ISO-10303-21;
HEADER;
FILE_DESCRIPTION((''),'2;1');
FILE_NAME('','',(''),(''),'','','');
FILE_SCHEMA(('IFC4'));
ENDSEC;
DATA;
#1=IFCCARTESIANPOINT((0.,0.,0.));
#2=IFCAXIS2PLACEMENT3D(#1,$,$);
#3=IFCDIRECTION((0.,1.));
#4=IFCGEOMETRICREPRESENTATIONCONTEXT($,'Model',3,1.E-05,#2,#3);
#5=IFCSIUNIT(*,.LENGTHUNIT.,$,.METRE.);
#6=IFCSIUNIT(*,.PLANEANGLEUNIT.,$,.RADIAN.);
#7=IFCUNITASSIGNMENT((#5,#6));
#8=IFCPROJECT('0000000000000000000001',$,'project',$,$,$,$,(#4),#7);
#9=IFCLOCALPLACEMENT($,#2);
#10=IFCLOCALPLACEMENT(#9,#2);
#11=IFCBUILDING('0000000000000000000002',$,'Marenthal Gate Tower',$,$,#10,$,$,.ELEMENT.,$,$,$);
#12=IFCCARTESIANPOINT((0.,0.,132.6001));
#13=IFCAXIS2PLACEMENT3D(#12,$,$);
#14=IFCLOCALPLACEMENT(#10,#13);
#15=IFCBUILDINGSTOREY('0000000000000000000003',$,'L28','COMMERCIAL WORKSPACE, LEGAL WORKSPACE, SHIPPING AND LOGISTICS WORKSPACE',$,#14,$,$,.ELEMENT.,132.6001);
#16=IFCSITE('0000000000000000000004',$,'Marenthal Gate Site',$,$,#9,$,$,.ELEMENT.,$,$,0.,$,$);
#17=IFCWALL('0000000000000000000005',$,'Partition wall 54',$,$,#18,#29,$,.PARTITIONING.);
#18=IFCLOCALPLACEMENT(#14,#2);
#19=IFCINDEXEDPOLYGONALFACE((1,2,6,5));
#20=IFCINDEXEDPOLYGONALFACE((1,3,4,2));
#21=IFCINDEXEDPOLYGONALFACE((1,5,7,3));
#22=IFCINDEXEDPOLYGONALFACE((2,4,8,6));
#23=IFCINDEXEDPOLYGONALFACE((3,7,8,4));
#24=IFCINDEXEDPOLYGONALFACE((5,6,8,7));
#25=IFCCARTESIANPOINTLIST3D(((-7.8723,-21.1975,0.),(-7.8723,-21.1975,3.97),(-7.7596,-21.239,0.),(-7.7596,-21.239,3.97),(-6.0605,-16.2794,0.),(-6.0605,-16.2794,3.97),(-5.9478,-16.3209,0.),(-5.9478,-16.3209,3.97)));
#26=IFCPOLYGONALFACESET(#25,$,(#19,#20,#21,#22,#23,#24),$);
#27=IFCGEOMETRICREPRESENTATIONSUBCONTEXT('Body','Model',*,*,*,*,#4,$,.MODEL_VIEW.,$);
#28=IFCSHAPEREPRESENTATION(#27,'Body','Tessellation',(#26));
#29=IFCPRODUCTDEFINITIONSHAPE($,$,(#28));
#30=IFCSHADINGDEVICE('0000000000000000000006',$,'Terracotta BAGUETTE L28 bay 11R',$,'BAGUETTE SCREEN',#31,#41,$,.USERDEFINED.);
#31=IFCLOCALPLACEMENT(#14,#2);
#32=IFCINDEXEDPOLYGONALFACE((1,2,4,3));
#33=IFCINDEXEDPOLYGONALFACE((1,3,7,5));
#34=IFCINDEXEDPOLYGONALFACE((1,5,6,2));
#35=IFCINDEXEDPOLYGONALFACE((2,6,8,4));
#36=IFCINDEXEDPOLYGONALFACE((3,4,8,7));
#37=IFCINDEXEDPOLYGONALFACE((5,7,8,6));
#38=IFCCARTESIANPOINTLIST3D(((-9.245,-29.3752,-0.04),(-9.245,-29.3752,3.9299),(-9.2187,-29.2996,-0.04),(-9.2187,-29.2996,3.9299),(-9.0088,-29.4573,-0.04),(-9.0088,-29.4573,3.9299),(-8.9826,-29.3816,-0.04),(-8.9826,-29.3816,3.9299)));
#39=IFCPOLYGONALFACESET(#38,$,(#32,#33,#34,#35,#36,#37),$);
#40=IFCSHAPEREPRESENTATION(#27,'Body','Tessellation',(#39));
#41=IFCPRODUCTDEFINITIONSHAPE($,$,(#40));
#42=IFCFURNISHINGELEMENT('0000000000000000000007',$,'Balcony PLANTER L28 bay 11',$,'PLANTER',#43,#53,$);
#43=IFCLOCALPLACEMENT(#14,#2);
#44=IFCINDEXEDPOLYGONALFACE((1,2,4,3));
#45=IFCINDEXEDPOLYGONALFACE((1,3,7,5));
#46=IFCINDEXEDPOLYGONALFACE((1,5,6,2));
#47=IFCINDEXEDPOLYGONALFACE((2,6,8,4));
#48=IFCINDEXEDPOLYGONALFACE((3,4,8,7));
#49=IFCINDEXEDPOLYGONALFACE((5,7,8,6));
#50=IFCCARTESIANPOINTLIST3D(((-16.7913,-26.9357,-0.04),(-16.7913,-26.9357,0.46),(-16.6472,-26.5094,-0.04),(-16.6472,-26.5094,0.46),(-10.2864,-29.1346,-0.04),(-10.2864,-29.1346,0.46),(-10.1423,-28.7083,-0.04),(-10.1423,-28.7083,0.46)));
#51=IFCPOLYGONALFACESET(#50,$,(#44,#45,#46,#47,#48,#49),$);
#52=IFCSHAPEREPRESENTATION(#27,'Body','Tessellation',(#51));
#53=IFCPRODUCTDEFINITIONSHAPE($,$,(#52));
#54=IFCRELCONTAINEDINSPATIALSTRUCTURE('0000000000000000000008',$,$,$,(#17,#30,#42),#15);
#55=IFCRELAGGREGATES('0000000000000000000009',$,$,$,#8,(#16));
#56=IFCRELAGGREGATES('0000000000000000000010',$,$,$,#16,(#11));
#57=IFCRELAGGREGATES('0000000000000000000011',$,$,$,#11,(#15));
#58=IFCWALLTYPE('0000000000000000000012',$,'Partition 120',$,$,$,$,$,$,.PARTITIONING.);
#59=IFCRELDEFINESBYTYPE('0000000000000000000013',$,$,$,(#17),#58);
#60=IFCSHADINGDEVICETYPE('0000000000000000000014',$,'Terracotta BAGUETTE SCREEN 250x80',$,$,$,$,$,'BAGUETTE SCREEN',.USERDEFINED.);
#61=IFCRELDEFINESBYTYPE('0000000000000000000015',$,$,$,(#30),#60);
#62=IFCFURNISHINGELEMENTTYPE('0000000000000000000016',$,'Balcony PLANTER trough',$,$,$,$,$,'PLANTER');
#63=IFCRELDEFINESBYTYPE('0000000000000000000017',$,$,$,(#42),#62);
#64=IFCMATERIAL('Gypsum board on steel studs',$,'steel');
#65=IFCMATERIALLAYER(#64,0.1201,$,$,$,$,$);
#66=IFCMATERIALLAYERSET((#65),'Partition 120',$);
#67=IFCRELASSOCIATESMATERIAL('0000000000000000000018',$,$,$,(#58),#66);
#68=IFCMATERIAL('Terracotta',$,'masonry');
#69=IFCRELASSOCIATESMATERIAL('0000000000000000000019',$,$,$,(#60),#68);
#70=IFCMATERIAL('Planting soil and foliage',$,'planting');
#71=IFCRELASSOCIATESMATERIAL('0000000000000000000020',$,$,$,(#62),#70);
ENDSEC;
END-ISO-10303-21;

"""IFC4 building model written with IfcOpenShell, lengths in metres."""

from ifc_helpers import new_model, si_unit, direction, frame, frame_2d, origin, origin_2d, place, context, subcontext, project, spatial, rectangle, extrude, material, layer, layer_set, material_profile, profile_set, type_object, element, save


model = new_model("IFC4")

# Units and contexts
model_context = context("Model", 3, precision=1e-05, world=origin(), true_north=direction((0.0, 1.0)))
body_context = subcontext(model_context, "Body", "Model", "MODEL_VIEW")
ifc_project = project(units=[si_unit("LENGTHUNIT", "METRE"), si_unit("PLANEANGLEUNIT", "RADIAN")], contexts=[model_context])

# Site, building, storey
site_placement = place(None, origin())
site = spatial("IfcSite", under=ifc_project, at=site_placement, Name="Marenthal Gate Site", CompositionType="ELEMENT", RefElevation=0.0)
building_placement = place(site_placement, origin())
building = spatial("IfcBuilding", under=site, at=building_placement, Name="Marenthal Gate Tower", CompositionType="ELEMENT")
storey_placement = place(building_placement, frame((0.0, 0.0, 132.6001)))
storey = spatial("IfcBuildingStorey", under=building, at=storey_placement, Name="L28", Description="COMMERCIAL WORKSPACE, LEGAL WORKSPACE, SHIPPING AND LOGISTICS WORKSPACE", CompositionType="ELEMENT", Elevation=132.6001)

# Wall
ifc_material_1 = material(Name="Gypsum board on steel studs", Category="steel")
ifc_layer_1 = layer(ifc_material_1, 0.1201)
ifc_layer_set_1 = layer_set([ifc_layer_1], Name="Partition 120")
wall_type = type_object("IfcWallType", Name="Partition 120", PredefinedType="PARTITIONING", material=ifc_layer_set_1)
wall_1_placement = place(storey_placement, frame((-7.8159, -21.2183, 0.0), z_axis=(0.0, 0.0, 1.0), x_axis=(0.345671, 0.938356, 0.0)))
element("IfcWall", 1, at=wall_1_placement, inside=storey, type_object=wall_type, Name="Partition wall 54", PredefinedType="PARTITIONING", context=body_context, shape_type="SweptSolid", body=[
    extrude(rectangle(XDim=5.2412, YDim=0.1201, at=frame_2d((2.6206, 0.0))), origin(), (0.0, 0.0, 1.0), 3.97),
])

# Shading device
ifc_material_2 = material(Name="Terracotta", Category="masonry")
ifc_material_profile_1 = material_profile(ifc_material_2, rectangle(XDim=0.25, YDim=0.0801, at=origin_2d()), Name="Terracotta baguette 250x80")
ifc_profile_set_1 = profile_set([ifc_material_profile_1], Name="Terracotta")
shading_device_type = type_object("IfcShadingDeviceType", Name="Terracotta BAGUETTE SCREEN 250x80", ElementType="BAGUETTE SCREEN", PredefinedType="USERDEFINED", material=ifc_profile_set_1)
shading_device_placement = place(storey_placement, frame((-9.1138, -29.3784, -0.04), z_axis=(0.0, 0.0, 1.0), x_axis=(0.944552, -0.328363, 0.0)))
element("IfcShadingDevice", 2, at=shading_device_placement, inside=storey, type_object=shading_device_type, Name="Terracotta BAGUETTE L28 bay 11R", ObjectType="BAGUETTE SCREEN", PredefinedType="USERDEFINED", context=body_context, shape_type="SweptSolid", body=[
    extrude(rectangle(XDim=0.25, YDim=0.0801, at=origin_2d()), origin(), (0.0, 0.0, 1.0), 3.97),
])

# Furnishing element
ifc_material_3 = material(Name="Planting soil and foliage", Category="planting")
furnishing_element_type = type_object("IfcFurnishingElementType", Name="Balcony PLANTER trough", ElementType="PLANTER", material=ifc_material_3)
furnishing_placement = place(storey_placement, frame((-13.4668, -27.822, -0.04), z_axis=(0.0, 0.0, 1.0), x_axis=(0.947338, -0.320236, 0.0)))
element("IfcFurnishingElement", 3, at=furnishing_placement, inside=storey, type_object=furnishing_element_type, Name="Balcony PLANTER L28 bay 11", ObjectType="PLANTER", context=body_context, shape_type="SweptSolid", body=[
    extrude(rectangle(XDim=6.8665, YDim=0.45, at=origin_2d()), origin(), (0.0, 0.0, 1.0), 0.5),
])

save(model, "model.ifc")
